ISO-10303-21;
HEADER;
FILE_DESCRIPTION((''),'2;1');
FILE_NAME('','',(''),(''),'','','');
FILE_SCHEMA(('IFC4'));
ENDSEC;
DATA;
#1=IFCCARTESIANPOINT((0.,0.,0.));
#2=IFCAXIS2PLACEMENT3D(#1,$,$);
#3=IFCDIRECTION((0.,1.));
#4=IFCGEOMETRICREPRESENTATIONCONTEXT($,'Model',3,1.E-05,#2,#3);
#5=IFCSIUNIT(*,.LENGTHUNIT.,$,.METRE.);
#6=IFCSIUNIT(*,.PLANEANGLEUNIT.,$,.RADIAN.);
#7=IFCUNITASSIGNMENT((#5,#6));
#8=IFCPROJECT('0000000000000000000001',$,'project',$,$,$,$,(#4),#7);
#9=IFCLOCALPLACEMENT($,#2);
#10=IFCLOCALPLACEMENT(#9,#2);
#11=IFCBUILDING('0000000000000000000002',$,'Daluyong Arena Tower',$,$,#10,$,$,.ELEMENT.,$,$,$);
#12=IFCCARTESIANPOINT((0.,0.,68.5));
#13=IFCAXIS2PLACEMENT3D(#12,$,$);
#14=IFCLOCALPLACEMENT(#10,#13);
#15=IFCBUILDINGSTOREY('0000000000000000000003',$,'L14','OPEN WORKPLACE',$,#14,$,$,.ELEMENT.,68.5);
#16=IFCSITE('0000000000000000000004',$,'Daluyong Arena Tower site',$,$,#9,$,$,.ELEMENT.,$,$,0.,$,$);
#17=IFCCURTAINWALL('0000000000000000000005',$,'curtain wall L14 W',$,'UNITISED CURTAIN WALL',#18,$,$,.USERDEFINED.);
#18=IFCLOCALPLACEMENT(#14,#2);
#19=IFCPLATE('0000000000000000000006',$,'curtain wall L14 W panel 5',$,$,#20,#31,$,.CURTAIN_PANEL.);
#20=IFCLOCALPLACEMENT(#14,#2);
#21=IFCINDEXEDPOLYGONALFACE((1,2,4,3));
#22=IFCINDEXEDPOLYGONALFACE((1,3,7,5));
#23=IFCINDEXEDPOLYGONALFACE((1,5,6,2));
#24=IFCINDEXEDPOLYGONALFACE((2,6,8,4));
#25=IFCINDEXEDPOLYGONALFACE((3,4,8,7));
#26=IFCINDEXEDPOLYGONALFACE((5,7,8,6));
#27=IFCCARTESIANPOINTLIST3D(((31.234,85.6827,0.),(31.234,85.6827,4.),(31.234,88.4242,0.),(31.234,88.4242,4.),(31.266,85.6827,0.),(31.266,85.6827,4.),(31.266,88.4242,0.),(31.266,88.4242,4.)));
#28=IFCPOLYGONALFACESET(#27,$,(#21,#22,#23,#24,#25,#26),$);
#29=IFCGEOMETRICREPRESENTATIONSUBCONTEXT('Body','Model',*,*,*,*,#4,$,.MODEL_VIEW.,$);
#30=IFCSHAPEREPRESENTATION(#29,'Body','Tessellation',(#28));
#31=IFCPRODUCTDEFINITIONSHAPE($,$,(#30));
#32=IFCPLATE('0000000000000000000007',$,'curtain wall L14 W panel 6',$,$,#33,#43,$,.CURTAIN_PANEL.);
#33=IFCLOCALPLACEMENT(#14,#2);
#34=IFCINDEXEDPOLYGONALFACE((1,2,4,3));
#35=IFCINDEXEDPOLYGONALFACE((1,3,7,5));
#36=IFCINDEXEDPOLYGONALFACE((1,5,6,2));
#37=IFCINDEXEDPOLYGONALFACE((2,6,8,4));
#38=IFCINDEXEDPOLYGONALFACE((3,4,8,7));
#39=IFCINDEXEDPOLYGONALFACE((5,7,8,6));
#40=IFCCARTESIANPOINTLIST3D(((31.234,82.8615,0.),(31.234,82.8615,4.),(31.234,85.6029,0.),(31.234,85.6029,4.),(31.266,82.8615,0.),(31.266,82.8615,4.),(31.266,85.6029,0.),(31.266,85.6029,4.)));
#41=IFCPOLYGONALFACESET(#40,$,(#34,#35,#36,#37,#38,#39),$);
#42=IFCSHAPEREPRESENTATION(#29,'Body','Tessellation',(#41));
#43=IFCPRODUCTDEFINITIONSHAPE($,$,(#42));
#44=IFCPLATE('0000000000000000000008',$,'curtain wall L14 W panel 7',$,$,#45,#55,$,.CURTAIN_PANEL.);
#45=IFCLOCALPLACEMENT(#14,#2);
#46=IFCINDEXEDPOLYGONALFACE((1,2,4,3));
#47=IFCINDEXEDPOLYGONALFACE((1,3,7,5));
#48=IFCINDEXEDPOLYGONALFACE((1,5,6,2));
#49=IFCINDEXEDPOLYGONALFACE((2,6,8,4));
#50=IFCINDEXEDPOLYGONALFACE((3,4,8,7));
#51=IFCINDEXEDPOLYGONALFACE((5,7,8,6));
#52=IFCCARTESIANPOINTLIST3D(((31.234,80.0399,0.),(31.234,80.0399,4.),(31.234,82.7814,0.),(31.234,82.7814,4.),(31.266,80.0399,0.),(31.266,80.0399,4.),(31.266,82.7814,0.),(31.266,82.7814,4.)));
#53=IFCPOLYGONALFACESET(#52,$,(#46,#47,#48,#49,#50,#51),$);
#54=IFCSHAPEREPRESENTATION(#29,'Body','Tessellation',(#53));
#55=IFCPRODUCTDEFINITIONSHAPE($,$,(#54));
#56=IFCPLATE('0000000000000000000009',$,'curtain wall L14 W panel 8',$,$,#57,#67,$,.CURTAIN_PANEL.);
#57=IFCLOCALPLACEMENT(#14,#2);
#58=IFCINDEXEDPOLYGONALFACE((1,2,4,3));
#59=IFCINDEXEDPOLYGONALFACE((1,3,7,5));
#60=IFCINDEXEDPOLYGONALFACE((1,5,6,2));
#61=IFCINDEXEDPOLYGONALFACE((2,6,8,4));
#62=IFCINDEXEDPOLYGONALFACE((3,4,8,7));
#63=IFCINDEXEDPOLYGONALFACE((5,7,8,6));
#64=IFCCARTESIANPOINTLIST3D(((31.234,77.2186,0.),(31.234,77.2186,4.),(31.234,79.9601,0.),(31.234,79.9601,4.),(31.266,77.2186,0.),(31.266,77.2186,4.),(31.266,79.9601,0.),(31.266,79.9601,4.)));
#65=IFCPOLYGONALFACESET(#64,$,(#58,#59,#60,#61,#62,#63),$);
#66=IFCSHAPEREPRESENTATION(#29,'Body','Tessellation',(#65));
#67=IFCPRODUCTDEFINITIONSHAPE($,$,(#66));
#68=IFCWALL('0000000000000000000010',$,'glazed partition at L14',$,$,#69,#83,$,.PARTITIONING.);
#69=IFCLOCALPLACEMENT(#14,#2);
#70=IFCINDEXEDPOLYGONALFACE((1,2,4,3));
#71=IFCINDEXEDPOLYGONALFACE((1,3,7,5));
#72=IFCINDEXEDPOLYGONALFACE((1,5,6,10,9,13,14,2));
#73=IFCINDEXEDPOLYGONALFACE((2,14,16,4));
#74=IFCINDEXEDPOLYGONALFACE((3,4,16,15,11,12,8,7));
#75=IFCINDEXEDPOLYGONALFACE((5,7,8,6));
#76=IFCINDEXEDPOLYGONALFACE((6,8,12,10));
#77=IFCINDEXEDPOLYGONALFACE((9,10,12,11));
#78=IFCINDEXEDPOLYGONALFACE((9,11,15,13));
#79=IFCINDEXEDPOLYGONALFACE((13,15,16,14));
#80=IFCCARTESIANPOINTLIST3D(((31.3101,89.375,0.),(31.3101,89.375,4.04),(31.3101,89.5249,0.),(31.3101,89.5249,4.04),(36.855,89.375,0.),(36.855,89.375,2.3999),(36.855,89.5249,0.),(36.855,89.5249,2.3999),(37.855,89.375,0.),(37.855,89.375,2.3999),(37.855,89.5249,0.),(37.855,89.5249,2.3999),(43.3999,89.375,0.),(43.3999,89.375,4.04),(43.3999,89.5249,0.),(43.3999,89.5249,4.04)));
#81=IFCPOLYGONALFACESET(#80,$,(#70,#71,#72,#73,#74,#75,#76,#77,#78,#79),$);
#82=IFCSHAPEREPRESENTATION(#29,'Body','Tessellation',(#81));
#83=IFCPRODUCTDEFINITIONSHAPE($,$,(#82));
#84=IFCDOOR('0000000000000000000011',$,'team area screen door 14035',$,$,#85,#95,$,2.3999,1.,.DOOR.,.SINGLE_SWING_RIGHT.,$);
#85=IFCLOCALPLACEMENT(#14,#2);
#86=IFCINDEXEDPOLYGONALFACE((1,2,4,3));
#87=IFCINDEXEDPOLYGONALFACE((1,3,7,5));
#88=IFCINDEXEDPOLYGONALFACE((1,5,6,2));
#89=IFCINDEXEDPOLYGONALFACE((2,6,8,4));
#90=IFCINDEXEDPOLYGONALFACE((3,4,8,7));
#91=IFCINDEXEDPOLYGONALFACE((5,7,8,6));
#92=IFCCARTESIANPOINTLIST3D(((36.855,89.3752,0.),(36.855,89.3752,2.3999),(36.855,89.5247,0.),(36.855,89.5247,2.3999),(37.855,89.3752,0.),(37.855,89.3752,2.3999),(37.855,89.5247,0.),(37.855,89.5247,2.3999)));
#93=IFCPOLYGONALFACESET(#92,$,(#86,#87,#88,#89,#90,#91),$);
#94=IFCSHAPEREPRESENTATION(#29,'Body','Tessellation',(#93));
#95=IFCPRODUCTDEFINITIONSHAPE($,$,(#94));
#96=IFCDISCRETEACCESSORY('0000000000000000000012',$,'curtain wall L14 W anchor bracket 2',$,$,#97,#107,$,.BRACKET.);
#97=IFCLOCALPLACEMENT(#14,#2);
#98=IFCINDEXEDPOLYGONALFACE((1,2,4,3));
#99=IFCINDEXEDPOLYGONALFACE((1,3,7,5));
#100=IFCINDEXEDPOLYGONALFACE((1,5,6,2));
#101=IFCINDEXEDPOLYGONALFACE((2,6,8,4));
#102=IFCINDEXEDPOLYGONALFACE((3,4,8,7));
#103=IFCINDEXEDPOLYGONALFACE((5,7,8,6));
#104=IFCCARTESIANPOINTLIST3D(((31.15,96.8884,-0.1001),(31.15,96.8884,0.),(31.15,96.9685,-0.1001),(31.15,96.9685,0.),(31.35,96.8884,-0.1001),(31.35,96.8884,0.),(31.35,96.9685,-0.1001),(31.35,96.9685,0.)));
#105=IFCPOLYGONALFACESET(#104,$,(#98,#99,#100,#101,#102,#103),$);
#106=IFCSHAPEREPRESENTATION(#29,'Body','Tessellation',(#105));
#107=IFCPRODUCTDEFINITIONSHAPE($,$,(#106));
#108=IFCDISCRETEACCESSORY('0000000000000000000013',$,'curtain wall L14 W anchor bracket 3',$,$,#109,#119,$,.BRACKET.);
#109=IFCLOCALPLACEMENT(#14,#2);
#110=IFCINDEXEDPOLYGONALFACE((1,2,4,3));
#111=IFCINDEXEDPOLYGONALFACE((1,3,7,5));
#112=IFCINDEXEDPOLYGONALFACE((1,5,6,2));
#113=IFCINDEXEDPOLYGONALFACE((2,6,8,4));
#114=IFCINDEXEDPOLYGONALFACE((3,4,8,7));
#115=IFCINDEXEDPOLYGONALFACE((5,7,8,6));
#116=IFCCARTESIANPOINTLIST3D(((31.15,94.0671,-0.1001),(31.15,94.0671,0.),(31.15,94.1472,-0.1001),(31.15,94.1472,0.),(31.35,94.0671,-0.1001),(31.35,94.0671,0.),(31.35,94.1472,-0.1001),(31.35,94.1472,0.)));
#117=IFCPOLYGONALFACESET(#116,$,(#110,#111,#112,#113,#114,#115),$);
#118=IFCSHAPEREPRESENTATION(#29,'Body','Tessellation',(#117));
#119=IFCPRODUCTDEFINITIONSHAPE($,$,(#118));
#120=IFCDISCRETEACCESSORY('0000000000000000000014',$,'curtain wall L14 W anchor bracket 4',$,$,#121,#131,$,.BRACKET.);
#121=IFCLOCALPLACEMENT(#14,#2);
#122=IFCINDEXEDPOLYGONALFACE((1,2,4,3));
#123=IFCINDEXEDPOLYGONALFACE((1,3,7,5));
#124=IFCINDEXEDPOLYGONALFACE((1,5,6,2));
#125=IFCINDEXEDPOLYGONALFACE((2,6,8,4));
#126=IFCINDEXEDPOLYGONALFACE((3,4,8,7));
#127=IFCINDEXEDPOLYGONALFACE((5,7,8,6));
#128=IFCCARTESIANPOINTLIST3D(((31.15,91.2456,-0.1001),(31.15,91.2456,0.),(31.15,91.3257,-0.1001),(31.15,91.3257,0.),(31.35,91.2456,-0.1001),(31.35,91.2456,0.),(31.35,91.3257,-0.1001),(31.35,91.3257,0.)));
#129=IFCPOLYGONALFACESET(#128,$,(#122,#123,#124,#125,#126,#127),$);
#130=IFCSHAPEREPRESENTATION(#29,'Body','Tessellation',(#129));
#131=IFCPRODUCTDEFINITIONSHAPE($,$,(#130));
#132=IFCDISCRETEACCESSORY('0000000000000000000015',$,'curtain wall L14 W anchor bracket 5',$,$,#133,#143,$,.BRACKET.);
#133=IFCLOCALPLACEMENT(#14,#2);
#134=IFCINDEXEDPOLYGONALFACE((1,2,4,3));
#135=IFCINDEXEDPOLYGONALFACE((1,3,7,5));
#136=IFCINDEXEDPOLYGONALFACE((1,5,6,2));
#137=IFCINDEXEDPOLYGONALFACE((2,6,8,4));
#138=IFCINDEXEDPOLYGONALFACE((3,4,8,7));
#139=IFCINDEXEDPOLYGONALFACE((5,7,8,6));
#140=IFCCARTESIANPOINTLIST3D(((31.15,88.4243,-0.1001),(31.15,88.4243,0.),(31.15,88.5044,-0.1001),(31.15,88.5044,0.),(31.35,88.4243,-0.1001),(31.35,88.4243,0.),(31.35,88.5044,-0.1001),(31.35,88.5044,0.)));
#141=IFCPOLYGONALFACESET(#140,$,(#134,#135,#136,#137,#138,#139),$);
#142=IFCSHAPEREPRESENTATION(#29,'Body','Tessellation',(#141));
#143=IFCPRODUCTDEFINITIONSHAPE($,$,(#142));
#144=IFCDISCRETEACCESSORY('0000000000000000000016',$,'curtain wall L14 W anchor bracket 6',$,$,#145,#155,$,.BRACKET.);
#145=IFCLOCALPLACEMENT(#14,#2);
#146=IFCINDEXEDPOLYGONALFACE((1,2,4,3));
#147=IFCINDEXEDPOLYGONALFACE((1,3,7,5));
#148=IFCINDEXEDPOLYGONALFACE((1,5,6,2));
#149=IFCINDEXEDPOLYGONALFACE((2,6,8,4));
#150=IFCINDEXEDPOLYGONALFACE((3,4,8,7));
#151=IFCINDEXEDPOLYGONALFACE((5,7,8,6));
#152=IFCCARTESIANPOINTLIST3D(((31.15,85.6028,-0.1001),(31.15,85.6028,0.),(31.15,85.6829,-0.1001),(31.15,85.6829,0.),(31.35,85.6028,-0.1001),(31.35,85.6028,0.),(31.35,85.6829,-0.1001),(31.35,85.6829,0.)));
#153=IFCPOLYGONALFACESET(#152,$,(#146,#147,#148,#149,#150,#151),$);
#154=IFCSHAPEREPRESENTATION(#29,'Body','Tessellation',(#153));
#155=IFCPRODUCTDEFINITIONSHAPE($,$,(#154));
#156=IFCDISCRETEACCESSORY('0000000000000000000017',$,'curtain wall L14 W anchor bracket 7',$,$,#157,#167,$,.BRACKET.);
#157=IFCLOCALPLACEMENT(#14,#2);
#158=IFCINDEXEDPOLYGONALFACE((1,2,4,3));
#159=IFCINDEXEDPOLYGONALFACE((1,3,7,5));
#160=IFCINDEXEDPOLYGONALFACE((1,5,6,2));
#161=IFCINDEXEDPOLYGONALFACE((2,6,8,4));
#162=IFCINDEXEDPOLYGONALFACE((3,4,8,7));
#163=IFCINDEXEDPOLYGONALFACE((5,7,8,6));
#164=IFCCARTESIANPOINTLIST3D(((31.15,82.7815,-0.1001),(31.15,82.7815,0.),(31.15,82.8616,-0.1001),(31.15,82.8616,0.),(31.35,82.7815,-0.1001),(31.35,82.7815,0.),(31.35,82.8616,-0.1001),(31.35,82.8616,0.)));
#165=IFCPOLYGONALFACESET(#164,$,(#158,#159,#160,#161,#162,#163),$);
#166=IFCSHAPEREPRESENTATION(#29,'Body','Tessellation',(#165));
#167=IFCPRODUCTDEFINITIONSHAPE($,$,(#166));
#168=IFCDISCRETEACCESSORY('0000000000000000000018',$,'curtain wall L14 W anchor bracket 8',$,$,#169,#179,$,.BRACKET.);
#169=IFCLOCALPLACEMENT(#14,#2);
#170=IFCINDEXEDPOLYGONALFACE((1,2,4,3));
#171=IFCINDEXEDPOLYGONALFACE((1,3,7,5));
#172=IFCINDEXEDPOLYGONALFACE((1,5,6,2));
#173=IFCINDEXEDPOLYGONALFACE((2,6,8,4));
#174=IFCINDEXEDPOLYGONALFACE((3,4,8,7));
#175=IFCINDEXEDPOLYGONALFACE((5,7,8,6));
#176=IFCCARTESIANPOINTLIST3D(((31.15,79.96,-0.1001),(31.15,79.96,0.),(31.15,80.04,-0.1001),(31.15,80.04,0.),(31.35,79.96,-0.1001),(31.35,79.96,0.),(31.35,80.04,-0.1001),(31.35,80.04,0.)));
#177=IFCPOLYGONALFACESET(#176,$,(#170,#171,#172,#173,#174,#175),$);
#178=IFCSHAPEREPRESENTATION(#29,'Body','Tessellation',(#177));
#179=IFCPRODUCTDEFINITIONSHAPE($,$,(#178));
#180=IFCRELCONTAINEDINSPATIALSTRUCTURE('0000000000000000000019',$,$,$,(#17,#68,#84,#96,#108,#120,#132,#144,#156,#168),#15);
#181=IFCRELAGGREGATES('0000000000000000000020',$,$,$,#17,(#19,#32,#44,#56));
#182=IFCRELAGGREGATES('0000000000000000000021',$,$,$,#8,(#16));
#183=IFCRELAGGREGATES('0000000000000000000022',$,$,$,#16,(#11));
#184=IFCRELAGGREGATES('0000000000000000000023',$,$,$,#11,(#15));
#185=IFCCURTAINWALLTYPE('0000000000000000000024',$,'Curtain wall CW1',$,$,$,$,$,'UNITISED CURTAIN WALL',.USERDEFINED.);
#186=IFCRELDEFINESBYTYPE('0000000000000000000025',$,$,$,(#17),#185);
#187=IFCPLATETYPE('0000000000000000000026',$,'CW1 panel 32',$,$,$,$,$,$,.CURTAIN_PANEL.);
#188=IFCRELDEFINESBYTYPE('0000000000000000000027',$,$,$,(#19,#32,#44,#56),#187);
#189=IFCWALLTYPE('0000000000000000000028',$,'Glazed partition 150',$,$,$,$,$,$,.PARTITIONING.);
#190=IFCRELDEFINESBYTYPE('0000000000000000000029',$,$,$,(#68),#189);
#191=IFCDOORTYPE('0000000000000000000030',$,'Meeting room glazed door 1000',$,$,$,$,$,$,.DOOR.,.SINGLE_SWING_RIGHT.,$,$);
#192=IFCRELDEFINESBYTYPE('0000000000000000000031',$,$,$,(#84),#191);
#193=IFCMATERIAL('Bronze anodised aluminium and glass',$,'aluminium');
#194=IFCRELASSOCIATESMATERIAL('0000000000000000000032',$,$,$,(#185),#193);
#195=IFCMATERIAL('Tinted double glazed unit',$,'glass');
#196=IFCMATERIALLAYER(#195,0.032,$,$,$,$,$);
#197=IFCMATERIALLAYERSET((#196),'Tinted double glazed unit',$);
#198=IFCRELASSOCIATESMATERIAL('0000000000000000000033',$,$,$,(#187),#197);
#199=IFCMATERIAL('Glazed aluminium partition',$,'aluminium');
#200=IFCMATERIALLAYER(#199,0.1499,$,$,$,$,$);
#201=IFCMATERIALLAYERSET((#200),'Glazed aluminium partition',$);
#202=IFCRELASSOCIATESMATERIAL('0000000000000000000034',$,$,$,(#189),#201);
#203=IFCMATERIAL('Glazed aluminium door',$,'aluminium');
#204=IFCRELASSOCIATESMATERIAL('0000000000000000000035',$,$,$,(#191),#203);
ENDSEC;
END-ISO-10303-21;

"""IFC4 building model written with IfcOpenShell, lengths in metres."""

from ifc_helpers import new_model, si_unit, direction, frame, frame_2d, origin, origin_2d, place, context, subcontext, project, spatial, rectangle, extrude, material, layer, layer_set, type_object, element, fill, aggregate, save


model = new_model("IFC4")

# Units and contexts
model_context = context("Model", 3, precision=1e-05, world=origin(), true_north=direction((0.0, 1.0)))
body_context = subcontext(model_context, "Body", "Model", "MODEL_VIEW")
ifc_project = project(units=[si_unit("LENGTHUNIT", "METRE"), si_unit("PLANEANGLEUNIT", "RADIAN")], contexts=[model_context])

# Site, building, storey
site_placement = place(None, origin())
site = spatial("IfcSite", under=ifc_project, at=site_placement, Name="Daluyong Arena Tower site", CompositionType="ELEMENT", RefElevation=0.0)
building_placement = place(site_placement, origin())
building = spatial("IfcBuilding", under=site, at=building_placement, Name="Daluyong Arena Tower", CompositionType="ELEMENT")
storey_placement = place(building_placement, frame((0.0, 0.0, 68.5)))
storey = spatial("IfcBuildingStorey", under=building, at=storey_placement, Name="L14", Description="OPEN WORKPLACE", CompositionType="ELEMENT", Elevation=68.5)

# Curtain wall
ifc_material_1 = material(Name="Bronze anodised aluminium and glass", Category="aluminium")
curtain_wall_type = type_object("IfcCurtainWallType", Name="Curtain wall CW1", ElementType="UNITISED CURTAIN WALL", PredefinedType="USERDEFINED", material=ifc_material_1)
curtain_wall_placement = place(storey_placement, origin())
curtain_wall = element("IfcCurtainWall", 1, at=curtain_wall_placement, inside=storey, type_object=curtain_wall_type, Name="curtain wall L14 W", ObjectType="UNITISED CURTAIN WALL", PredefinedType="USERDEFINED")

# Plates
ifc_material_2 = material(Name="Tinted double glazed unit", Category="glass")
ifc_layer_1 = layer(ifc_material_2, 0.032)
ifc_layer_set_1 = layer_set([ifc_layer_1], Name="Tinted double glazed unit")
plate_type = type_object("IfcPlateType", Name="CW1 panel 32", PredefinedType="CURTAIN_PANEL", material=ifc_layer_set_1)
plate_1_placement = place(storey_placement, frame((31.25, 87.0535, 0.0), z_axis=(0.0, 0.0, 1.0), x_axis=(0.0, -1.0, 0.0)))
plate_1 = element("IfcPlate", 2, at=plate_1_placement, type_object=plate_type, Name="curtain wall L14 W panel 5", PredefinedType="CURTAIN_PANEL", context=body_context, shape_type="SweptSolid", body=[
    extrude(rectangle(XDim=2.7415, YDim=0.032, at=origin_2d()), origin(), (0.0, 0.0, 1.0), 4.0),
])
plate_2_placement = place(storey_placement, frame((31.25, 84.2322, 0.0), z_axis=(0.0, 0.0, 1.0), x_axis=(0.0, -1.0, 0.0)))
plate_2 = element("IfcPlate", 3, at=plate_2_placement, type_object=plate_type, Name="curtain wall L14 W panel 6", PredefinedType="CURTAIN_PANEL", context=body_context, shape_type="SweptSolid", body=[
    extrude(rectangle(XDim=2.7415, YDim=0.032, at=origin_2d()), origin(), (0.0, 0.0, 1.0), 4.0),
])
plate_3_placement = place(storey_placement, frame((31.25, 81.4106, 0.0), z_axis=(0.0, 0.0, 1.0), x_axis=(0.0, -1.0, 0.0)))
plate_3 = element("IfcPlate", 4, at=plate_3_placement, type_object=plate_type, Name="curtain wall L14 W panel 7", PredefinedType="CURTAIN_PANEL", context=body_context, shape_type="SweptSolid", body=[
    extrude(rectangle(XDim=2.7415, YDim=0.032, at=origin_2d()), origin(), (0.0, 0.0, 1.0), 4.0),
])
plate_4_placement = place(storey_placement, frame((31.25, 78.5894, 0.0), z_axis=(0.0, 0.0, 1.0), x_axis=(0.0, -1.0, 0.0)))
plate_4 = element("IfcPlate", 5, at=plate_4_placement, type_object=plate_type, Name="curtain wall L14 W panel 8", PredefinedType="CURTAIN_PANEL", context=body_context, shape_type="SweptSolid", body=[
    extrude(rectangle(XDim=2.7415, YDim=0.032, at=origin_2d()), origin(), (0.0, 0.0, 1.0), 4.0),
])
aggregate(curtain_wall, [plate_1, plate_2, plate_3, plate_4])

# Wall, opening, door
ifc_material_3 = material(Name="Glazed aluminium partition", Category="aluminium")
ifc_layer_2 = layer(ifc_material_3, 0.1499)
ifc_layer_set_2 = layer_set([ifc_layer_2], Name="Glazed aluminium partition")
wall_type = type_object("IfcWallType", Name="Glazed partition 150", PredefinedType="PARTITIONING", material=ifc_layer_set_2)
wall_placement = place(storey_placement, frame((31.3101, 89.45, 0.0), z_axis=(0.0, 0.0, 1.0), x_axis=(1.0, 0.0, 0.0)))
wall = element("IfcWall", 6, at=wall_placement, inside=storey, type_object=wall_type, Name="glazed partition at L14", PredefinedType="PARTITIONING", context=body_context, shape_type="SweptSolid", body=[
    extrude(rectangle(XDim=12.0898, YDim=0.1499, at=frame_2d((6.0449, 0.0))), origin(), (0.0, 0.0, 1.0), 4.04),
])
opening_placement = place(wall_placement, frame((5.5449, 0.0, 0.0)))
opening = element("IfcOpeningElement", 7, at=opening_placement, cuts=wall, PredefinedType="OPENING", context=body_context, shape_type="SweptSolid", body=[
    extrude(rectangle(XDim=1.0, YDim=2.3999, at=frame_2d((0.5, 1.2))), frame((0.0, 0.085, 0.0), z_axis=(0.0, -1.0, 0.0), x_axis=(1.0, 0.0, 0.0)), (0.0, 0.0, 1.0), 0.1699),
])
ifc_material_4 = material(Name="Glazed aluminium door", Category="aluminium")
door_type = type_object("IfcDoorType", Name="Meeting room glazed door 1000", OperationType="SINGLE_SWING_RIGHT", PredefinedType="DOOR", material=ifc_material_4)
door_placement = place(opening_placement, origin())
door = element("IfcDoor", 8, at=door_placement, inside=storey, type_object=door_type, Name="team area screen door 14035", OperationType="SINGLE_SWING_RIGHT", OverallHeight=2.3999, OverallWidth=1.0, PredefinedType="DOOR", context=body_context, shape_type="SweptSolid", body=[
    extrude(rectangle(XDim=1.0, YDim=2.3999, at=frame_2d((0.5, 1.2))), frame((0.0, 0.0747, 0.0), z_axis=(0.0, -1.0, 0.0), x_axis=(1.0, 0.0, 0.0)), (0.0, 0.0, 1.0), 0.1494),
])
fill(opening, door)

# Discrete accessories
for number, where, z_axis, x_axis, name in (
    (9, (31.25, 96.9285, -0.1001), (0.0, 0.0, 1.0), (0.0, -1.0, 0.0), "curtain wall L14 W anchor bracket 2"),
    (10, (31.25, 94.1072, -0.1001), (0.0, 0.0, 1.0), (0.0, -1.0, 0.0), "curtain wall L14 W anchor bracket 3"),
    (11, (31.25, 91.2856, -0.1001), (0.0, 0.0, 1.0), (0.0, -1.0, 0.0), "curtain wall L14 W anchor bracket 4"),
    (12, (31.25, 88.4644, -0.1001), (0.0, 0.0, 1.0), (0.0, -1.0, 0.0), "curtain wall L14 W anchor bracket 5"),
    (13, (31.25, 85.6428, -0.1001), (0.0, 0.0, 1.0), (0.0, -1.0, 0.0), "curtain wall L14 W anchor bracket 6"),
    (14, (31.25, 82.8215, -0.1001), (0.0, 0.0, 1.0), (0.0, -1.0, 0.0), "curtain wall L14 W anchor bracket 7"),
    (15, (31.25, 80.0, -0.1001), (0.0, 0.0, 1.0), (0.0, -1.0, 0.0), "curtain wall L14 W anchor bracket 8"),
):
    element("IfcDiscreteAccessory", number, at=place(storey_placement, frame(where, z_axis=z_axis, x_axis=x_axis)), inside=storey, Name=name, PredefinedType="BRACKET", context=body_context, shape_type="SweptSolid", body=[
        extrude(rectangle(XDim=0.0801, YDim=0.2, at=origin_2d()), origin(), (0.0, 0.0, 1.0), 0.1001),
    ])

save(model, "model.ifc")
